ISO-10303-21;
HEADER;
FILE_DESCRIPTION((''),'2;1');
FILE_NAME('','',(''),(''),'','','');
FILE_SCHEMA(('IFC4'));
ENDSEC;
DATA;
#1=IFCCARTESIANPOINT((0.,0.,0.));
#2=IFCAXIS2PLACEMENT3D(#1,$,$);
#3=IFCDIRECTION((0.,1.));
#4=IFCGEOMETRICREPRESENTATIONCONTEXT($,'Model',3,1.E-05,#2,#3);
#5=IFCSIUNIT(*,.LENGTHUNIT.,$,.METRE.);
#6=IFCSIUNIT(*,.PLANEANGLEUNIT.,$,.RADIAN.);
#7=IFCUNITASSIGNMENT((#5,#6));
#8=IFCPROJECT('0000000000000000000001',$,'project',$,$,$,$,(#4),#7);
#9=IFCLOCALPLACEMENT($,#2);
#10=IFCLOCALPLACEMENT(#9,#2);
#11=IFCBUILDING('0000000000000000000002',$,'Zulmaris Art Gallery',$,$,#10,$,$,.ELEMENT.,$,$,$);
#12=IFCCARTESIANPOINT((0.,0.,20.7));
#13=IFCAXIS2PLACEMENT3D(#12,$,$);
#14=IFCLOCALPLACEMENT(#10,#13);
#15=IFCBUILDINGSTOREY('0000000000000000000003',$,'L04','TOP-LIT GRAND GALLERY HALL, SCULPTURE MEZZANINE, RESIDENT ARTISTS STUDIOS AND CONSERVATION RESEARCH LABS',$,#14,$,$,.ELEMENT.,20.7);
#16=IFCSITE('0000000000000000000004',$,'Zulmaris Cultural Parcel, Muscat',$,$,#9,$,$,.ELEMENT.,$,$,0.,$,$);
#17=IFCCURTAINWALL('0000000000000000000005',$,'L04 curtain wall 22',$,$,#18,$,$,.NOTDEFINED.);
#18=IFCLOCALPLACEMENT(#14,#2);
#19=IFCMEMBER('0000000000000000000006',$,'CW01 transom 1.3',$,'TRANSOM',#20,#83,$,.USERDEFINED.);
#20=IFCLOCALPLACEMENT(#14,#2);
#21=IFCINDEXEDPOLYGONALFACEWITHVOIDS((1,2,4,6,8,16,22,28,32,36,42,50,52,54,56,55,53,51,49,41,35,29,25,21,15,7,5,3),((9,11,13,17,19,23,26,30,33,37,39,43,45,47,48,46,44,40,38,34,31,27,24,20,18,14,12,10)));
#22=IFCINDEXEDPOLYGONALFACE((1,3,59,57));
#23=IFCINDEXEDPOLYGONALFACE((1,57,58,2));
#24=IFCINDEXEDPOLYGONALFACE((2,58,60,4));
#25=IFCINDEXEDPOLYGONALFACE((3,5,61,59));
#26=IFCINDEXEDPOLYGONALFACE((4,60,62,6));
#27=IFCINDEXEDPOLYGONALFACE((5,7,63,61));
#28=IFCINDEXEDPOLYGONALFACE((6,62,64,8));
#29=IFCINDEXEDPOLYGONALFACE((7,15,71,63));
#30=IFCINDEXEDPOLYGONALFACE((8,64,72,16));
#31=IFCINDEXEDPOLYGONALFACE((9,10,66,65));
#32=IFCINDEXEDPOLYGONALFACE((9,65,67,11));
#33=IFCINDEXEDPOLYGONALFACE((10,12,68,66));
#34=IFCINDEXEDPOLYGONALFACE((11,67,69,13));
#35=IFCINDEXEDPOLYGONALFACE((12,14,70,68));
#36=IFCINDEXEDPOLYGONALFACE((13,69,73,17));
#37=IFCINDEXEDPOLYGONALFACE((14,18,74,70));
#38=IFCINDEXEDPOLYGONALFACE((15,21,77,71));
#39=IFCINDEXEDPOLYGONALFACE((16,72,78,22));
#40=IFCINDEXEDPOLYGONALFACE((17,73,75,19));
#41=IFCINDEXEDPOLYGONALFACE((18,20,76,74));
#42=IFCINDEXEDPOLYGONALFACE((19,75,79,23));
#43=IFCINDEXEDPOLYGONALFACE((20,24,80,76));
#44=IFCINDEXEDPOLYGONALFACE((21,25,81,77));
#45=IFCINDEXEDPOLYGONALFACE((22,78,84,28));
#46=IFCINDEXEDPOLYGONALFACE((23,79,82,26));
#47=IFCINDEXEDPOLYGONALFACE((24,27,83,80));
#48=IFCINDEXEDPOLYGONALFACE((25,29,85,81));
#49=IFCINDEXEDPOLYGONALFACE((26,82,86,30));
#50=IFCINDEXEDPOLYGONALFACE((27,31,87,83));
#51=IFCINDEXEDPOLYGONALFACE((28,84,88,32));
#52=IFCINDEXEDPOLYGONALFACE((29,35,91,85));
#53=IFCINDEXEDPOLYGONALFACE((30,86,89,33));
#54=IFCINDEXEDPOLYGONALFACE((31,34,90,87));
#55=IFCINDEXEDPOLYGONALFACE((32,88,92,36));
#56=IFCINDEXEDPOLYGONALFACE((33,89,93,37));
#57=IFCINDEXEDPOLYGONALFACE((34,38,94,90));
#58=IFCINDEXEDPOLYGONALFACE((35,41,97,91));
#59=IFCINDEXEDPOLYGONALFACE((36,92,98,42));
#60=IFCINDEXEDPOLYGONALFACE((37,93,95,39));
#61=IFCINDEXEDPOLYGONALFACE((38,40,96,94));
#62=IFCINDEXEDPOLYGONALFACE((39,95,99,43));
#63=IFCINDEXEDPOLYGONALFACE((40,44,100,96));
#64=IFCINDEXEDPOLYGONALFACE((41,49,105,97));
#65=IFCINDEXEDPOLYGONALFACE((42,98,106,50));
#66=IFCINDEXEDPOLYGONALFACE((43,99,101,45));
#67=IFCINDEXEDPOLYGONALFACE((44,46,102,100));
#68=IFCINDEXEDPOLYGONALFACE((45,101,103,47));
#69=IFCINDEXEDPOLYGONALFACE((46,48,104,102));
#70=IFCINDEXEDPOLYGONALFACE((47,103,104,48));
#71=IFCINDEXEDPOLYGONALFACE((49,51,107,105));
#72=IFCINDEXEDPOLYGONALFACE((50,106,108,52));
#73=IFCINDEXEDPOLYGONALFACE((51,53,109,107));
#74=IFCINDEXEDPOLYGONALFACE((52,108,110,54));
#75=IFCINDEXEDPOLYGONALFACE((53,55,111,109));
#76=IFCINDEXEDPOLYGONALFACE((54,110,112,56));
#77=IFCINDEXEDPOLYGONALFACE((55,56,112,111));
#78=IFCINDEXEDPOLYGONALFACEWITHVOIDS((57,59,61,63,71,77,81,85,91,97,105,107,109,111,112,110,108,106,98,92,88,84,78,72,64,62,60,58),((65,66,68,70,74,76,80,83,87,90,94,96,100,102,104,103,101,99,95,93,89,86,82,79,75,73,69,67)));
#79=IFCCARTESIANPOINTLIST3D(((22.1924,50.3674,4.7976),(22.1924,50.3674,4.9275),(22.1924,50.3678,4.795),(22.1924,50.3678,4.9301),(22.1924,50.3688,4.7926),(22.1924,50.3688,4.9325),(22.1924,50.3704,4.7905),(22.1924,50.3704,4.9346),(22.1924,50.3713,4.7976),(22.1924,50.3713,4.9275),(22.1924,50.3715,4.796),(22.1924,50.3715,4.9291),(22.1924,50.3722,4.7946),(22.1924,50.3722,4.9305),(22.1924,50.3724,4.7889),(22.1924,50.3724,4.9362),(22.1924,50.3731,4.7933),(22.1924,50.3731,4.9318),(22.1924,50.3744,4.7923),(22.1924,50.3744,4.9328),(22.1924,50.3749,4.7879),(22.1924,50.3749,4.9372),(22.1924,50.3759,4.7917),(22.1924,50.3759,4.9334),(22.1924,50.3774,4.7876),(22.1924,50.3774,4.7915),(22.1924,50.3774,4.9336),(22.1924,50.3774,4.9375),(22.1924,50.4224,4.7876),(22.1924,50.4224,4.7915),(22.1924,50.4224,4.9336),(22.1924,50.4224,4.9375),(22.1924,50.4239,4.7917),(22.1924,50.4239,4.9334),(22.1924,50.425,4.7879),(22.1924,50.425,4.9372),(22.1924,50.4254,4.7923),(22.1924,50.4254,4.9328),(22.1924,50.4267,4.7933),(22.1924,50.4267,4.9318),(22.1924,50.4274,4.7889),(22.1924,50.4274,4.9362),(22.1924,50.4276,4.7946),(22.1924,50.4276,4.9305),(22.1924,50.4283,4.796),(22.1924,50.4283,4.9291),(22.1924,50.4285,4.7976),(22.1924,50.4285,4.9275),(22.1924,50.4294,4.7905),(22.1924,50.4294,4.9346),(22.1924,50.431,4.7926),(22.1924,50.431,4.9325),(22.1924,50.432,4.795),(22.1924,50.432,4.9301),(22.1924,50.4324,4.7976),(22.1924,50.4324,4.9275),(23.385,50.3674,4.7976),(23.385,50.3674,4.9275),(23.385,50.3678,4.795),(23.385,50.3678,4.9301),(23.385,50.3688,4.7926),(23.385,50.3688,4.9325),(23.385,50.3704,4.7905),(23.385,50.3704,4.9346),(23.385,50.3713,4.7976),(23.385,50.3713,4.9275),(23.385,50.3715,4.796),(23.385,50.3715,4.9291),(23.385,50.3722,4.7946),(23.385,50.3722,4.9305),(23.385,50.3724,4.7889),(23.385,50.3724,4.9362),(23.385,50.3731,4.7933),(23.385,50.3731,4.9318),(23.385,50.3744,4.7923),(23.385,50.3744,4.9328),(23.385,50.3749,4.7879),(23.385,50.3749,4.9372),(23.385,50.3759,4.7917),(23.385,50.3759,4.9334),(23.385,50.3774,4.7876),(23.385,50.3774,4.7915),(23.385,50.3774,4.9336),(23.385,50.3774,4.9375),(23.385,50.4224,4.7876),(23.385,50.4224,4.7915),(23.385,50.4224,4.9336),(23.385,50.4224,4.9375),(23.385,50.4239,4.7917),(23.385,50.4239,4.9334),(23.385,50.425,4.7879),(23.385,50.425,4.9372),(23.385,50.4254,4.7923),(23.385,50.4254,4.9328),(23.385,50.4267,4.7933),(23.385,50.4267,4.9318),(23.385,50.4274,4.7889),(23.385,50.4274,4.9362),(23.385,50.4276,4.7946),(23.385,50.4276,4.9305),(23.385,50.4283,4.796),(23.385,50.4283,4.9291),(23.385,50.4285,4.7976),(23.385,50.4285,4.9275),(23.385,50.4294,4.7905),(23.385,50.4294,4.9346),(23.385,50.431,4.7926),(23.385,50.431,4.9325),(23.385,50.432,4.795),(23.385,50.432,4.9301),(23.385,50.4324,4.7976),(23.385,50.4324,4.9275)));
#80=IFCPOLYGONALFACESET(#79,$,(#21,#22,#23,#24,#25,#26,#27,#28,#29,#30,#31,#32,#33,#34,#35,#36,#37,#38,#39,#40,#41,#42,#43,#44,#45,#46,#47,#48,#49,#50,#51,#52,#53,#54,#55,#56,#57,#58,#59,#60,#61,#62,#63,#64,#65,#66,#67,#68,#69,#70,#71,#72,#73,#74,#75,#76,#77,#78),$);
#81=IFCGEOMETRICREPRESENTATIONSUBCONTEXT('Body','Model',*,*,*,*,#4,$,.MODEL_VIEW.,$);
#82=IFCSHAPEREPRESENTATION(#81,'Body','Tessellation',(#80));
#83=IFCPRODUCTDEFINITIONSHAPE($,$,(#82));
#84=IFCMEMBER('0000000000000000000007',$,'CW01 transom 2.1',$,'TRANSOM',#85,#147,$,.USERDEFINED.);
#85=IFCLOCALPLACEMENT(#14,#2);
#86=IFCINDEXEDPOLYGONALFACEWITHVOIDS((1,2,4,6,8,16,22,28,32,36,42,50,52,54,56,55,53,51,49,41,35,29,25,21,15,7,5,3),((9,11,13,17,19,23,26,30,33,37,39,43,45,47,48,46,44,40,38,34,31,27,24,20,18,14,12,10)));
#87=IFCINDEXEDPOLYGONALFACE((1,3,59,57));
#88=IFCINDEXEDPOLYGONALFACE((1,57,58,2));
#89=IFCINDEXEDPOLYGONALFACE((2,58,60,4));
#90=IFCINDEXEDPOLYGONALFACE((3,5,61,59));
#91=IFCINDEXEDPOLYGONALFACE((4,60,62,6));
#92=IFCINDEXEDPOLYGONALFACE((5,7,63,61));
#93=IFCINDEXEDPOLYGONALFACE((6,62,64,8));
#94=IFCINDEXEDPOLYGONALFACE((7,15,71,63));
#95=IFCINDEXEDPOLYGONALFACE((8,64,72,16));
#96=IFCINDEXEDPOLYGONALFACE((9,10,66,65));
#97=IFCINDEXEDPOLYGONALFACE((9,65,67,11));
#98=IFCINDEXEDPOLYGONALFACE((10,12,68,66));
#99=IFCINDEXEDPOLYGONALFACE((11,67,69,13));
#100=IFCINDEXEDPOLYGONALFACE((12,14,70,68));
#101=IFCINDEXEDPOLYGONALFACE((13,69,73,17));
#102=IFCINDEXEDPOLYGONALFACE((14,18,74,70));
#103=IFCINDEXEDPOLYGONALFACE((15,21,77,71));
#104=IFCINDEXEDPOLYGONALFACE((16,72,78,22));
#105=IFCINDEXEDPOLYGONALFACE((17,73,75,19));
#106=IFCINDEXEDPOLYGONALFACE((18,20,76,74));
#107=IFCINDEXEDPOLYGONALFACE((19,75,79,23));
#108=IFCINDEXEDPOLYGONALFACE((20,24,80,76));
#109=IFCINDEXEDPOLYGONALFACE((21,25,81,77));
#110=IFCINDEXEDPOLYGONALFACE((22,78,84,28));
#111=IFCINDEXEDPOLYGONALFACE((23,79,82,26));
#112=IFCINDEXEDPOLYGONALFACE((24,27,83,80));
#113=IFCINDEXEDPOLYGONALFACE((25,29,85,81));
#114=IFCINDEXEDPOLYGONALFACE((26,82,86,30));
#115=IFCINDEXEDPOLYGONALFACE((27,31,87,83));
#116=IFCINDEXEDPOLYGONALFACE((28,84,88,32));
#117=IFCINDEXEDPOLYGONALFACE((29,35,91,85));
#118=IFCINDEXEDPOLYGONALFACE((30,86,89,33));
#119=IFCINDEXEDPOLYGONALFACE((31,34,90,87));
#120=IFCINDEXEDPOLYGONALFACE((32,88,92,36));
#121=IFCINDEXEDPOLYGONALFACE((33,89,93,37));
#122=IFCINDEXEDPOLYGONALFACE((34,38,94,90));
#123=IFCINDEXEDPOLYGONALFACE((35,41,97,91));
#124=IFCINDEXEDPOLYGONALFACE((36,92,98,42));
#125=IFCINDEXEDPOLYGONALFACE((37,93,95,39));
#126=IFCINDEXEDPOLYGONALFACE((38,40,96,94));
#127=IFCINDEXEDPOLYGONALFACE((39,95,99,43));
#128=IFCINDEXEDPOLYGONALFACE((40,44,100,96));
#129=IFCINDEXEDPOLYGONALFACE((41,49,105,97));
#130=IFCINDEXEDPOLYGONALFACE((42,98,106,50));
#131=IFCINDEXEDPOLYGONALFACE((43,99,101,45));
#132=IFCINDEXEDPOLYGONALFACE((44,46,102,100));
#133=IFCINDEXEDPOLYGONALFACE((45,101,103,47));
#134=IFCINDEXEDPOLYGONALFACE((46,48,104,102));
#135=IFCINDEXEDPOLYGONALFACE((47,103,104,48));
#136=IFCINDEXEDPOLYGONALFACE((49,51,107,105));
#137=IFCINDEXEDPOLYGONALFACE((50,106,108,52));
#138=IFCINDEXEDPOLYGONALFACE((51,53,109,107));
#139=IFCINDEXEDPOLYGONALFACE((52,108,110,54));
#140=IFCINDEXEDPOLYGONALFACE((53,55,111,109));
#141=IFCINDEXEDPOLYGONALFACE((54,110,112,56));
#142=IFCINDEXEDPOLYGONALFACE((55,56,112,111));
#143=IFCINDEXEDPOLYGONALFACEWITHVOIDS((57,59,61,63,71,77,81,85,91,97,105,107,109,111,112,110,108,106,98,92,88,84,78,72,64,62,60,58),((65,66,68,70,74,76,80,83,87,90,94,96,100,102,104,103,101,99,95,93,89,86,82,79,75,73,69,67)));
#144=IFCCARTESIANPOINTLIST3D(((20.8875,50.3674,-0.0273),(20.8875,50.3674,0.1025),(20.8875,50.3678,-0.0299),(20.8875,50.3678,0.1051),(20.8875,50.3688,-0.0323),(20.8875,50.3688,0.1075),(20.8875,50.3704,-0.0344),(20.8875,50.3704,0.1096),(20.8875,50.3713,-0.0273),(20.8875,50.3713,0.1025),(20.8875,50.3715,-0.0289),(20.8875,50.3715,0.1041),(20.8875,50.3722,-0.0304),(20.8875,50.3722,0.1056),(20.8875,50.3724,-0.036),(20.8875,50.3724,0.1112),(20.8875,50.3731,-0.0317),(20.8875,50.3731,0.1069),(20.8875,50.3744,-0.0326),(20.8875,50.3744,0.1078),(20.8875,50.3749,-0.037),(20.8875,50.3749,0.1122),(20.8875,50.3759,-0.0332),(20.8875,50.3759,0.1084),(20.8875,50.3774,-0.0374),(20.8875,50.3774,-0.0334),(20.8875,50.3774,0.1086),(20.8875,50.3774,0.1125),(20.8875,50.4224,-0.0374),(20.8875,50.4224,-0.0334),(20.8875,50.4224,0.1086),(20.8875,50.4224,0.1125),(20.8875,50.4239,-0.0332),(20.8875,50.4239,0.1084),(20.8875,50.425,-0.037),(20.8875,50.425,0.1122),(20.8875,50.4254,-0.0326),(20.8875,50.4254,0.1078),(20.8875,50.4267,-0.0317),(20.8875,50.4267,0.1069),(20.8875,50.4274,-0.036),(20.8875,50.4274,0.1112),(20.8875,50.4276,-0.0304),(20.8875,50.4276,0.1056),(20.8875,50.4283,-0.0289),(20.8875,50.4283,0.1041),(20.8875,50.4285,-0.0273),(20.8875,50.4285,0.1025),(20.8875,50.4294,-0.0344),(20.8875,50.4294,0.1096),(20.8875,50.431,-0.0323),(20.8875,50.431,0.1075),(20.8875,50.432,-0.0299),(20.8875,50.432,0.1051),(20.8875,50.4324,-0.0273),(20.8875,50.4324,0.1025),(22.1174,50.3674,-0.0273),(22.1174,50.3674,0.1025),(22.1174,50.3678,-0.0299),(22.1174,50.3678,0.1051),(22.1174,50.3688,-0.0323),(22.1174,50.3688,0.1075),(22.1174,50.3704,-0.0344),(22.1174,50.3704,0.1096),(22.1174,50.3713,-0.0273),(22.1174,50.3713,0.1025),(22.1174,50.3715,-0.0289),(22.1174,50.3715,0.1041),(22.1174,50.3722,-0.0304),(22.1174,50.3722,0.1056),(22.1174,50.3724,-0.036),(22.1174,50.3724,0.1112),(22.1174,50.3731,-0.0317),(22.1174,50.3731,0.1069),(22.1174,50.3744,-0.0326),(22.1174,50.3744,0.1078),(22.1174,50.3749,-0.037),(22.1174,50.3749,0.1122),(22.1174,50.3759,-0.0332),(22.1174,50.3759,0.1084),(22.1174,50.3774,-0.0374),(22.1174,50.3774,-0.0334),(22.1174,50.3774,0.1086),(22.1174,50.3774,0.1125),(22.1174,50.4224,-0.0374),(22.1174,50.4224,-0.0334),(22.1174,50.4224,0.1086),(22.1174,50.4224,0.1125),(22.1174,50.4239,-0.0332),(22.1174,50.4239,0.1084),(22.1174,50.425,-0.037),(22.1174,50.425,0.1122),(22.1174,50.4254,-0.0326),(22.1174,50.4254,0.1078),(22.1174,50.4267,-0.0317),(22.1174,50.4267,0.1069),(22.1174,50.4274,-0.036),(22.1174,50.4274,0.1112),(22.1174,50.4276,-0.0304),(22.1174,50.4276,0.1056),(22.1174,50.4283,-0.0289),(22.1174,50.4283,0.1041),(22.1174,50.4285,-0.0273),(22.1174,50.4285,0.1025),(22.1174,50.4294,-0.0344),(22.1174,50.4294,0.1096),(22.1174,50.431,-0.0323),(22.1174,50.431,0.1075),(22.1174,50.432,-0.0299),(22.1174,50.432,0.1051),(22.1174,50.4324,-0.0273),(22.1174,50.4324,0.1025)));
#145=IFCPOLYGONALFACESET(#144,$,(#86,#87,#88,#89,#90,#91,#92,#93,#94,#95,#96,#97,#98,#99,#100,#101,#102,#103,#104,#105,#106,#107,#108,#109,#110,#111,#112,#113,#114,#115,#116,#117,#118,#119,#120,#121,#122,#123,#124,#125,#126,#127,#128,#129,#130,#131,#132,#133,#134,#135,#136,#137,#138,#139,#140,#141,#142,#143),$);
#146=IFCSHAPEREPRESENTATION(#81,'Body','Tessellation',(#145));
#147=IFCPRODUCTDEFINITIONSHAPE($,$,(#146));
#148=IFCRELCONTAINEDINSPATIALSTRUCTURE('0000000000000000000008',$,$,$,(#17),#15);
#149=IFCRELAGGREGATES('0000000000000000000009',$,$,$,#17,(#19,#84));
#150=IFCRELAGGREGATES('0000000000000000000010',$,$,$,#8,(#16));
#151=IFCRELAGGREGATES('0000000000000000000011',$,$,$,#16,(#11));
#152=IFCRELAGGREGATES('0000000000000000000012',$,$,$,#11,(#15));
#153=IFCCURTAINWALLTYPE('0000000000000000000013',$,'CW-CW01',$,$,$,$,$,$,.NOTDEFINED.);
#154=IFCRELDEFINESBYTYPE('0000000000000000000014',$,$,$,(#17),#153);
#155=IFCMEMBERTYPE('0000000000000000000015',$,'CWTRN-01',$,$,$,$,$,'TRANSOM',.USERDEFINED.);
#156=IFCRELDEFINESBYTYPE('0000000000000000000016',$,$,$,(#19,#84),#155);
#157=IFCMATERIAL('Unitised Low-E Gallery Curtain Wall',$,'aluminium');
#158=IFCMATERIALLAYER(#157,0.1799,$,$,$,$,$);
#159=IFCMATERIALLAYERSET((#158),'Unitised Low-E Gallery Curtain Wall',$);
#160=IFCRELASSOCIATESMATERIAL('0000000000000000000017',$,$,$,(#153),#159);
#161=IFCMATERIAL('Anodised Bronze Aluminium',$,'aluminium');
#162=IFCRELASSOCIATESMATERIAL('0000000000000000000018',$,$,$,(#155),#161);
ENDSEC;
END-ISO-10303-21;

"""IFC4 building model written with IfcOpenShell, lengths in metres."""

from ifc_helpers import new_model, si_unit, direction, frame, origin, origin_2d, place, context, subcontext, project, spatial, hollow_rectangle, extrude, material, layer, layer_set, material_profile, profile_set, type_object, element, aggregate, save


model = new_model("IFC4")

# Units and contexts
model_context = context("Model", 3, precision=1e-05, world=origin(), true_north=direction((0.0, 1.0)))
body_context = subcontext(model_context, "Body", "Model", "MODEL_VIEW")
ifc_project = project(units=[si_unit("LENGTHUNIT", "METRE"), si_unit("PLANEANGLEUNIT", "RADIAN")], contexts=[model_context])

# Site, building, storey
site_placement = place(None, origin())
site = spatial("IfcSite", under=ifc_project, at=site_placement, Name="Zulmaris Cultural Parcel, Muscat", CompositionType="ELEMENT", RefElevation=0.0)
building_placement = place(site_placement, origin())
building = spatial("IfcBuilding", under=site, at=building_placement, Name="Zulmaris Art Gallery", CompositionType="ELEMENT")
storey_placement = place(building_placement, frame((0.0, 0.0, 20.7)))
storey = spatial("IfcBuildingStorey", under=building, at=storey_placement, Name="L04", Description="TOP-LIT GRAND GALLERY HALL, SCULPTURE MEZZANINE, RESIDENT ARTISTS STUDIOS AND CONSERVATION RESEARCH LABS", CompositionType="ELEMENT", Elevation=20.7)

# Curtain wall, members
ifc_material_1 = material(Name="Unitised Low-E Gallery Curtain Wall", Category="aluminium")
ifc_layer_1 = layer(ifc_material_1, 0.1799)
ifc_layer_set_1 = layer_set([ifc_layer_1], Name="Unitised Low-E Gallery Curtain Wall")
curtain_wall_type = type_object("IfcCurtainWallType", Name="CW-CW01", PredefinedType="NOTDEFINED", material=ifc_layer_set_1)
curtain_wall_placement = place(storey_placement, origin())
curtain_wall = element("IfcCurtainWall", 1, at=curtain_wall_placement, inside=storey, type_object=curtain_wall_type, Name="L04 curtain wall 22", PredefinedType="NOTDEFINED")
ifc_material_2 = material(Name="Anodised Bronze Aluminium", Category="aluminium")
ifc_material_profile_1 = material_profile(ifc_material_2, hollow_rectangle(XDim=0.0649, YDim=0.1499, WallThickness=0.0039, InnerFilletRadius=0.0061, OuterFilletRadius=0.01, at=origin_2d()), Name="ALU 65x150x4")
ifc_profile_set_1 = profile_set([ifc_material_profile_1], Name="Anodised Bronze Aluminium")
member_type_1 = type_object("IfcMemberType", Name="CWTRN-01", ElementType="TRANSOM", PredefinedType="USERDEFINED", material=ifc_profile_set_1)
member_1_placement = place(storey_placement, frame((23.385, 50.3999, 4.8625), z_axis=(-1.0, 0.0, 0.0), x_axis=(0.0, -1.0, 0.0)))
member_1 = element("IfcMember", 2, at=member_1_placement, type_object=member_type_1, Name="CW01 transom 1.3", ObjectType="TRANSOM", PredefinedType="USERDEFINED", context=body_context, shape_type="SweptSolid", body=[
    extrude(hollow_rectangle(XDim=0.0649, YDim=0.1499, WallThickness=0.0039, InnerFilletRadius=0.0061, OuterFilletRadius=0.01, at=origin_2d()), origin(), (0.0, 0.0, 1.0), 1.1926),
])
member_2_placement = place(storey_placement, frame((22.1174, 50.3999, 0.0376), z_axis=(-1.0, 0.0, 0.0), x_axis=(0.0, -1.0, 0.0)))
member_2 = element("IfcMember", 3, at=member_2_placement, type_object=member_type_1, Name="CW01 transom 2.1", ObjectType="TRANSOM", PredefinedType="USERDEFINED", context=body_context, shape_type="SweptSolid", body=[
    extrude(hollow_rectangle(XDim=0.0649, YDim=0.1499, WallThickness=0.0039, InnerFilletRadius=0.0061, OuterFilletRadius=0.01, at=origin_2d()), origin(), (0.0, 0.0, 1.0), 1.23),
])

aggregate(curtain_wall, [member_1, member_2])

save(model, "model.ifc")
